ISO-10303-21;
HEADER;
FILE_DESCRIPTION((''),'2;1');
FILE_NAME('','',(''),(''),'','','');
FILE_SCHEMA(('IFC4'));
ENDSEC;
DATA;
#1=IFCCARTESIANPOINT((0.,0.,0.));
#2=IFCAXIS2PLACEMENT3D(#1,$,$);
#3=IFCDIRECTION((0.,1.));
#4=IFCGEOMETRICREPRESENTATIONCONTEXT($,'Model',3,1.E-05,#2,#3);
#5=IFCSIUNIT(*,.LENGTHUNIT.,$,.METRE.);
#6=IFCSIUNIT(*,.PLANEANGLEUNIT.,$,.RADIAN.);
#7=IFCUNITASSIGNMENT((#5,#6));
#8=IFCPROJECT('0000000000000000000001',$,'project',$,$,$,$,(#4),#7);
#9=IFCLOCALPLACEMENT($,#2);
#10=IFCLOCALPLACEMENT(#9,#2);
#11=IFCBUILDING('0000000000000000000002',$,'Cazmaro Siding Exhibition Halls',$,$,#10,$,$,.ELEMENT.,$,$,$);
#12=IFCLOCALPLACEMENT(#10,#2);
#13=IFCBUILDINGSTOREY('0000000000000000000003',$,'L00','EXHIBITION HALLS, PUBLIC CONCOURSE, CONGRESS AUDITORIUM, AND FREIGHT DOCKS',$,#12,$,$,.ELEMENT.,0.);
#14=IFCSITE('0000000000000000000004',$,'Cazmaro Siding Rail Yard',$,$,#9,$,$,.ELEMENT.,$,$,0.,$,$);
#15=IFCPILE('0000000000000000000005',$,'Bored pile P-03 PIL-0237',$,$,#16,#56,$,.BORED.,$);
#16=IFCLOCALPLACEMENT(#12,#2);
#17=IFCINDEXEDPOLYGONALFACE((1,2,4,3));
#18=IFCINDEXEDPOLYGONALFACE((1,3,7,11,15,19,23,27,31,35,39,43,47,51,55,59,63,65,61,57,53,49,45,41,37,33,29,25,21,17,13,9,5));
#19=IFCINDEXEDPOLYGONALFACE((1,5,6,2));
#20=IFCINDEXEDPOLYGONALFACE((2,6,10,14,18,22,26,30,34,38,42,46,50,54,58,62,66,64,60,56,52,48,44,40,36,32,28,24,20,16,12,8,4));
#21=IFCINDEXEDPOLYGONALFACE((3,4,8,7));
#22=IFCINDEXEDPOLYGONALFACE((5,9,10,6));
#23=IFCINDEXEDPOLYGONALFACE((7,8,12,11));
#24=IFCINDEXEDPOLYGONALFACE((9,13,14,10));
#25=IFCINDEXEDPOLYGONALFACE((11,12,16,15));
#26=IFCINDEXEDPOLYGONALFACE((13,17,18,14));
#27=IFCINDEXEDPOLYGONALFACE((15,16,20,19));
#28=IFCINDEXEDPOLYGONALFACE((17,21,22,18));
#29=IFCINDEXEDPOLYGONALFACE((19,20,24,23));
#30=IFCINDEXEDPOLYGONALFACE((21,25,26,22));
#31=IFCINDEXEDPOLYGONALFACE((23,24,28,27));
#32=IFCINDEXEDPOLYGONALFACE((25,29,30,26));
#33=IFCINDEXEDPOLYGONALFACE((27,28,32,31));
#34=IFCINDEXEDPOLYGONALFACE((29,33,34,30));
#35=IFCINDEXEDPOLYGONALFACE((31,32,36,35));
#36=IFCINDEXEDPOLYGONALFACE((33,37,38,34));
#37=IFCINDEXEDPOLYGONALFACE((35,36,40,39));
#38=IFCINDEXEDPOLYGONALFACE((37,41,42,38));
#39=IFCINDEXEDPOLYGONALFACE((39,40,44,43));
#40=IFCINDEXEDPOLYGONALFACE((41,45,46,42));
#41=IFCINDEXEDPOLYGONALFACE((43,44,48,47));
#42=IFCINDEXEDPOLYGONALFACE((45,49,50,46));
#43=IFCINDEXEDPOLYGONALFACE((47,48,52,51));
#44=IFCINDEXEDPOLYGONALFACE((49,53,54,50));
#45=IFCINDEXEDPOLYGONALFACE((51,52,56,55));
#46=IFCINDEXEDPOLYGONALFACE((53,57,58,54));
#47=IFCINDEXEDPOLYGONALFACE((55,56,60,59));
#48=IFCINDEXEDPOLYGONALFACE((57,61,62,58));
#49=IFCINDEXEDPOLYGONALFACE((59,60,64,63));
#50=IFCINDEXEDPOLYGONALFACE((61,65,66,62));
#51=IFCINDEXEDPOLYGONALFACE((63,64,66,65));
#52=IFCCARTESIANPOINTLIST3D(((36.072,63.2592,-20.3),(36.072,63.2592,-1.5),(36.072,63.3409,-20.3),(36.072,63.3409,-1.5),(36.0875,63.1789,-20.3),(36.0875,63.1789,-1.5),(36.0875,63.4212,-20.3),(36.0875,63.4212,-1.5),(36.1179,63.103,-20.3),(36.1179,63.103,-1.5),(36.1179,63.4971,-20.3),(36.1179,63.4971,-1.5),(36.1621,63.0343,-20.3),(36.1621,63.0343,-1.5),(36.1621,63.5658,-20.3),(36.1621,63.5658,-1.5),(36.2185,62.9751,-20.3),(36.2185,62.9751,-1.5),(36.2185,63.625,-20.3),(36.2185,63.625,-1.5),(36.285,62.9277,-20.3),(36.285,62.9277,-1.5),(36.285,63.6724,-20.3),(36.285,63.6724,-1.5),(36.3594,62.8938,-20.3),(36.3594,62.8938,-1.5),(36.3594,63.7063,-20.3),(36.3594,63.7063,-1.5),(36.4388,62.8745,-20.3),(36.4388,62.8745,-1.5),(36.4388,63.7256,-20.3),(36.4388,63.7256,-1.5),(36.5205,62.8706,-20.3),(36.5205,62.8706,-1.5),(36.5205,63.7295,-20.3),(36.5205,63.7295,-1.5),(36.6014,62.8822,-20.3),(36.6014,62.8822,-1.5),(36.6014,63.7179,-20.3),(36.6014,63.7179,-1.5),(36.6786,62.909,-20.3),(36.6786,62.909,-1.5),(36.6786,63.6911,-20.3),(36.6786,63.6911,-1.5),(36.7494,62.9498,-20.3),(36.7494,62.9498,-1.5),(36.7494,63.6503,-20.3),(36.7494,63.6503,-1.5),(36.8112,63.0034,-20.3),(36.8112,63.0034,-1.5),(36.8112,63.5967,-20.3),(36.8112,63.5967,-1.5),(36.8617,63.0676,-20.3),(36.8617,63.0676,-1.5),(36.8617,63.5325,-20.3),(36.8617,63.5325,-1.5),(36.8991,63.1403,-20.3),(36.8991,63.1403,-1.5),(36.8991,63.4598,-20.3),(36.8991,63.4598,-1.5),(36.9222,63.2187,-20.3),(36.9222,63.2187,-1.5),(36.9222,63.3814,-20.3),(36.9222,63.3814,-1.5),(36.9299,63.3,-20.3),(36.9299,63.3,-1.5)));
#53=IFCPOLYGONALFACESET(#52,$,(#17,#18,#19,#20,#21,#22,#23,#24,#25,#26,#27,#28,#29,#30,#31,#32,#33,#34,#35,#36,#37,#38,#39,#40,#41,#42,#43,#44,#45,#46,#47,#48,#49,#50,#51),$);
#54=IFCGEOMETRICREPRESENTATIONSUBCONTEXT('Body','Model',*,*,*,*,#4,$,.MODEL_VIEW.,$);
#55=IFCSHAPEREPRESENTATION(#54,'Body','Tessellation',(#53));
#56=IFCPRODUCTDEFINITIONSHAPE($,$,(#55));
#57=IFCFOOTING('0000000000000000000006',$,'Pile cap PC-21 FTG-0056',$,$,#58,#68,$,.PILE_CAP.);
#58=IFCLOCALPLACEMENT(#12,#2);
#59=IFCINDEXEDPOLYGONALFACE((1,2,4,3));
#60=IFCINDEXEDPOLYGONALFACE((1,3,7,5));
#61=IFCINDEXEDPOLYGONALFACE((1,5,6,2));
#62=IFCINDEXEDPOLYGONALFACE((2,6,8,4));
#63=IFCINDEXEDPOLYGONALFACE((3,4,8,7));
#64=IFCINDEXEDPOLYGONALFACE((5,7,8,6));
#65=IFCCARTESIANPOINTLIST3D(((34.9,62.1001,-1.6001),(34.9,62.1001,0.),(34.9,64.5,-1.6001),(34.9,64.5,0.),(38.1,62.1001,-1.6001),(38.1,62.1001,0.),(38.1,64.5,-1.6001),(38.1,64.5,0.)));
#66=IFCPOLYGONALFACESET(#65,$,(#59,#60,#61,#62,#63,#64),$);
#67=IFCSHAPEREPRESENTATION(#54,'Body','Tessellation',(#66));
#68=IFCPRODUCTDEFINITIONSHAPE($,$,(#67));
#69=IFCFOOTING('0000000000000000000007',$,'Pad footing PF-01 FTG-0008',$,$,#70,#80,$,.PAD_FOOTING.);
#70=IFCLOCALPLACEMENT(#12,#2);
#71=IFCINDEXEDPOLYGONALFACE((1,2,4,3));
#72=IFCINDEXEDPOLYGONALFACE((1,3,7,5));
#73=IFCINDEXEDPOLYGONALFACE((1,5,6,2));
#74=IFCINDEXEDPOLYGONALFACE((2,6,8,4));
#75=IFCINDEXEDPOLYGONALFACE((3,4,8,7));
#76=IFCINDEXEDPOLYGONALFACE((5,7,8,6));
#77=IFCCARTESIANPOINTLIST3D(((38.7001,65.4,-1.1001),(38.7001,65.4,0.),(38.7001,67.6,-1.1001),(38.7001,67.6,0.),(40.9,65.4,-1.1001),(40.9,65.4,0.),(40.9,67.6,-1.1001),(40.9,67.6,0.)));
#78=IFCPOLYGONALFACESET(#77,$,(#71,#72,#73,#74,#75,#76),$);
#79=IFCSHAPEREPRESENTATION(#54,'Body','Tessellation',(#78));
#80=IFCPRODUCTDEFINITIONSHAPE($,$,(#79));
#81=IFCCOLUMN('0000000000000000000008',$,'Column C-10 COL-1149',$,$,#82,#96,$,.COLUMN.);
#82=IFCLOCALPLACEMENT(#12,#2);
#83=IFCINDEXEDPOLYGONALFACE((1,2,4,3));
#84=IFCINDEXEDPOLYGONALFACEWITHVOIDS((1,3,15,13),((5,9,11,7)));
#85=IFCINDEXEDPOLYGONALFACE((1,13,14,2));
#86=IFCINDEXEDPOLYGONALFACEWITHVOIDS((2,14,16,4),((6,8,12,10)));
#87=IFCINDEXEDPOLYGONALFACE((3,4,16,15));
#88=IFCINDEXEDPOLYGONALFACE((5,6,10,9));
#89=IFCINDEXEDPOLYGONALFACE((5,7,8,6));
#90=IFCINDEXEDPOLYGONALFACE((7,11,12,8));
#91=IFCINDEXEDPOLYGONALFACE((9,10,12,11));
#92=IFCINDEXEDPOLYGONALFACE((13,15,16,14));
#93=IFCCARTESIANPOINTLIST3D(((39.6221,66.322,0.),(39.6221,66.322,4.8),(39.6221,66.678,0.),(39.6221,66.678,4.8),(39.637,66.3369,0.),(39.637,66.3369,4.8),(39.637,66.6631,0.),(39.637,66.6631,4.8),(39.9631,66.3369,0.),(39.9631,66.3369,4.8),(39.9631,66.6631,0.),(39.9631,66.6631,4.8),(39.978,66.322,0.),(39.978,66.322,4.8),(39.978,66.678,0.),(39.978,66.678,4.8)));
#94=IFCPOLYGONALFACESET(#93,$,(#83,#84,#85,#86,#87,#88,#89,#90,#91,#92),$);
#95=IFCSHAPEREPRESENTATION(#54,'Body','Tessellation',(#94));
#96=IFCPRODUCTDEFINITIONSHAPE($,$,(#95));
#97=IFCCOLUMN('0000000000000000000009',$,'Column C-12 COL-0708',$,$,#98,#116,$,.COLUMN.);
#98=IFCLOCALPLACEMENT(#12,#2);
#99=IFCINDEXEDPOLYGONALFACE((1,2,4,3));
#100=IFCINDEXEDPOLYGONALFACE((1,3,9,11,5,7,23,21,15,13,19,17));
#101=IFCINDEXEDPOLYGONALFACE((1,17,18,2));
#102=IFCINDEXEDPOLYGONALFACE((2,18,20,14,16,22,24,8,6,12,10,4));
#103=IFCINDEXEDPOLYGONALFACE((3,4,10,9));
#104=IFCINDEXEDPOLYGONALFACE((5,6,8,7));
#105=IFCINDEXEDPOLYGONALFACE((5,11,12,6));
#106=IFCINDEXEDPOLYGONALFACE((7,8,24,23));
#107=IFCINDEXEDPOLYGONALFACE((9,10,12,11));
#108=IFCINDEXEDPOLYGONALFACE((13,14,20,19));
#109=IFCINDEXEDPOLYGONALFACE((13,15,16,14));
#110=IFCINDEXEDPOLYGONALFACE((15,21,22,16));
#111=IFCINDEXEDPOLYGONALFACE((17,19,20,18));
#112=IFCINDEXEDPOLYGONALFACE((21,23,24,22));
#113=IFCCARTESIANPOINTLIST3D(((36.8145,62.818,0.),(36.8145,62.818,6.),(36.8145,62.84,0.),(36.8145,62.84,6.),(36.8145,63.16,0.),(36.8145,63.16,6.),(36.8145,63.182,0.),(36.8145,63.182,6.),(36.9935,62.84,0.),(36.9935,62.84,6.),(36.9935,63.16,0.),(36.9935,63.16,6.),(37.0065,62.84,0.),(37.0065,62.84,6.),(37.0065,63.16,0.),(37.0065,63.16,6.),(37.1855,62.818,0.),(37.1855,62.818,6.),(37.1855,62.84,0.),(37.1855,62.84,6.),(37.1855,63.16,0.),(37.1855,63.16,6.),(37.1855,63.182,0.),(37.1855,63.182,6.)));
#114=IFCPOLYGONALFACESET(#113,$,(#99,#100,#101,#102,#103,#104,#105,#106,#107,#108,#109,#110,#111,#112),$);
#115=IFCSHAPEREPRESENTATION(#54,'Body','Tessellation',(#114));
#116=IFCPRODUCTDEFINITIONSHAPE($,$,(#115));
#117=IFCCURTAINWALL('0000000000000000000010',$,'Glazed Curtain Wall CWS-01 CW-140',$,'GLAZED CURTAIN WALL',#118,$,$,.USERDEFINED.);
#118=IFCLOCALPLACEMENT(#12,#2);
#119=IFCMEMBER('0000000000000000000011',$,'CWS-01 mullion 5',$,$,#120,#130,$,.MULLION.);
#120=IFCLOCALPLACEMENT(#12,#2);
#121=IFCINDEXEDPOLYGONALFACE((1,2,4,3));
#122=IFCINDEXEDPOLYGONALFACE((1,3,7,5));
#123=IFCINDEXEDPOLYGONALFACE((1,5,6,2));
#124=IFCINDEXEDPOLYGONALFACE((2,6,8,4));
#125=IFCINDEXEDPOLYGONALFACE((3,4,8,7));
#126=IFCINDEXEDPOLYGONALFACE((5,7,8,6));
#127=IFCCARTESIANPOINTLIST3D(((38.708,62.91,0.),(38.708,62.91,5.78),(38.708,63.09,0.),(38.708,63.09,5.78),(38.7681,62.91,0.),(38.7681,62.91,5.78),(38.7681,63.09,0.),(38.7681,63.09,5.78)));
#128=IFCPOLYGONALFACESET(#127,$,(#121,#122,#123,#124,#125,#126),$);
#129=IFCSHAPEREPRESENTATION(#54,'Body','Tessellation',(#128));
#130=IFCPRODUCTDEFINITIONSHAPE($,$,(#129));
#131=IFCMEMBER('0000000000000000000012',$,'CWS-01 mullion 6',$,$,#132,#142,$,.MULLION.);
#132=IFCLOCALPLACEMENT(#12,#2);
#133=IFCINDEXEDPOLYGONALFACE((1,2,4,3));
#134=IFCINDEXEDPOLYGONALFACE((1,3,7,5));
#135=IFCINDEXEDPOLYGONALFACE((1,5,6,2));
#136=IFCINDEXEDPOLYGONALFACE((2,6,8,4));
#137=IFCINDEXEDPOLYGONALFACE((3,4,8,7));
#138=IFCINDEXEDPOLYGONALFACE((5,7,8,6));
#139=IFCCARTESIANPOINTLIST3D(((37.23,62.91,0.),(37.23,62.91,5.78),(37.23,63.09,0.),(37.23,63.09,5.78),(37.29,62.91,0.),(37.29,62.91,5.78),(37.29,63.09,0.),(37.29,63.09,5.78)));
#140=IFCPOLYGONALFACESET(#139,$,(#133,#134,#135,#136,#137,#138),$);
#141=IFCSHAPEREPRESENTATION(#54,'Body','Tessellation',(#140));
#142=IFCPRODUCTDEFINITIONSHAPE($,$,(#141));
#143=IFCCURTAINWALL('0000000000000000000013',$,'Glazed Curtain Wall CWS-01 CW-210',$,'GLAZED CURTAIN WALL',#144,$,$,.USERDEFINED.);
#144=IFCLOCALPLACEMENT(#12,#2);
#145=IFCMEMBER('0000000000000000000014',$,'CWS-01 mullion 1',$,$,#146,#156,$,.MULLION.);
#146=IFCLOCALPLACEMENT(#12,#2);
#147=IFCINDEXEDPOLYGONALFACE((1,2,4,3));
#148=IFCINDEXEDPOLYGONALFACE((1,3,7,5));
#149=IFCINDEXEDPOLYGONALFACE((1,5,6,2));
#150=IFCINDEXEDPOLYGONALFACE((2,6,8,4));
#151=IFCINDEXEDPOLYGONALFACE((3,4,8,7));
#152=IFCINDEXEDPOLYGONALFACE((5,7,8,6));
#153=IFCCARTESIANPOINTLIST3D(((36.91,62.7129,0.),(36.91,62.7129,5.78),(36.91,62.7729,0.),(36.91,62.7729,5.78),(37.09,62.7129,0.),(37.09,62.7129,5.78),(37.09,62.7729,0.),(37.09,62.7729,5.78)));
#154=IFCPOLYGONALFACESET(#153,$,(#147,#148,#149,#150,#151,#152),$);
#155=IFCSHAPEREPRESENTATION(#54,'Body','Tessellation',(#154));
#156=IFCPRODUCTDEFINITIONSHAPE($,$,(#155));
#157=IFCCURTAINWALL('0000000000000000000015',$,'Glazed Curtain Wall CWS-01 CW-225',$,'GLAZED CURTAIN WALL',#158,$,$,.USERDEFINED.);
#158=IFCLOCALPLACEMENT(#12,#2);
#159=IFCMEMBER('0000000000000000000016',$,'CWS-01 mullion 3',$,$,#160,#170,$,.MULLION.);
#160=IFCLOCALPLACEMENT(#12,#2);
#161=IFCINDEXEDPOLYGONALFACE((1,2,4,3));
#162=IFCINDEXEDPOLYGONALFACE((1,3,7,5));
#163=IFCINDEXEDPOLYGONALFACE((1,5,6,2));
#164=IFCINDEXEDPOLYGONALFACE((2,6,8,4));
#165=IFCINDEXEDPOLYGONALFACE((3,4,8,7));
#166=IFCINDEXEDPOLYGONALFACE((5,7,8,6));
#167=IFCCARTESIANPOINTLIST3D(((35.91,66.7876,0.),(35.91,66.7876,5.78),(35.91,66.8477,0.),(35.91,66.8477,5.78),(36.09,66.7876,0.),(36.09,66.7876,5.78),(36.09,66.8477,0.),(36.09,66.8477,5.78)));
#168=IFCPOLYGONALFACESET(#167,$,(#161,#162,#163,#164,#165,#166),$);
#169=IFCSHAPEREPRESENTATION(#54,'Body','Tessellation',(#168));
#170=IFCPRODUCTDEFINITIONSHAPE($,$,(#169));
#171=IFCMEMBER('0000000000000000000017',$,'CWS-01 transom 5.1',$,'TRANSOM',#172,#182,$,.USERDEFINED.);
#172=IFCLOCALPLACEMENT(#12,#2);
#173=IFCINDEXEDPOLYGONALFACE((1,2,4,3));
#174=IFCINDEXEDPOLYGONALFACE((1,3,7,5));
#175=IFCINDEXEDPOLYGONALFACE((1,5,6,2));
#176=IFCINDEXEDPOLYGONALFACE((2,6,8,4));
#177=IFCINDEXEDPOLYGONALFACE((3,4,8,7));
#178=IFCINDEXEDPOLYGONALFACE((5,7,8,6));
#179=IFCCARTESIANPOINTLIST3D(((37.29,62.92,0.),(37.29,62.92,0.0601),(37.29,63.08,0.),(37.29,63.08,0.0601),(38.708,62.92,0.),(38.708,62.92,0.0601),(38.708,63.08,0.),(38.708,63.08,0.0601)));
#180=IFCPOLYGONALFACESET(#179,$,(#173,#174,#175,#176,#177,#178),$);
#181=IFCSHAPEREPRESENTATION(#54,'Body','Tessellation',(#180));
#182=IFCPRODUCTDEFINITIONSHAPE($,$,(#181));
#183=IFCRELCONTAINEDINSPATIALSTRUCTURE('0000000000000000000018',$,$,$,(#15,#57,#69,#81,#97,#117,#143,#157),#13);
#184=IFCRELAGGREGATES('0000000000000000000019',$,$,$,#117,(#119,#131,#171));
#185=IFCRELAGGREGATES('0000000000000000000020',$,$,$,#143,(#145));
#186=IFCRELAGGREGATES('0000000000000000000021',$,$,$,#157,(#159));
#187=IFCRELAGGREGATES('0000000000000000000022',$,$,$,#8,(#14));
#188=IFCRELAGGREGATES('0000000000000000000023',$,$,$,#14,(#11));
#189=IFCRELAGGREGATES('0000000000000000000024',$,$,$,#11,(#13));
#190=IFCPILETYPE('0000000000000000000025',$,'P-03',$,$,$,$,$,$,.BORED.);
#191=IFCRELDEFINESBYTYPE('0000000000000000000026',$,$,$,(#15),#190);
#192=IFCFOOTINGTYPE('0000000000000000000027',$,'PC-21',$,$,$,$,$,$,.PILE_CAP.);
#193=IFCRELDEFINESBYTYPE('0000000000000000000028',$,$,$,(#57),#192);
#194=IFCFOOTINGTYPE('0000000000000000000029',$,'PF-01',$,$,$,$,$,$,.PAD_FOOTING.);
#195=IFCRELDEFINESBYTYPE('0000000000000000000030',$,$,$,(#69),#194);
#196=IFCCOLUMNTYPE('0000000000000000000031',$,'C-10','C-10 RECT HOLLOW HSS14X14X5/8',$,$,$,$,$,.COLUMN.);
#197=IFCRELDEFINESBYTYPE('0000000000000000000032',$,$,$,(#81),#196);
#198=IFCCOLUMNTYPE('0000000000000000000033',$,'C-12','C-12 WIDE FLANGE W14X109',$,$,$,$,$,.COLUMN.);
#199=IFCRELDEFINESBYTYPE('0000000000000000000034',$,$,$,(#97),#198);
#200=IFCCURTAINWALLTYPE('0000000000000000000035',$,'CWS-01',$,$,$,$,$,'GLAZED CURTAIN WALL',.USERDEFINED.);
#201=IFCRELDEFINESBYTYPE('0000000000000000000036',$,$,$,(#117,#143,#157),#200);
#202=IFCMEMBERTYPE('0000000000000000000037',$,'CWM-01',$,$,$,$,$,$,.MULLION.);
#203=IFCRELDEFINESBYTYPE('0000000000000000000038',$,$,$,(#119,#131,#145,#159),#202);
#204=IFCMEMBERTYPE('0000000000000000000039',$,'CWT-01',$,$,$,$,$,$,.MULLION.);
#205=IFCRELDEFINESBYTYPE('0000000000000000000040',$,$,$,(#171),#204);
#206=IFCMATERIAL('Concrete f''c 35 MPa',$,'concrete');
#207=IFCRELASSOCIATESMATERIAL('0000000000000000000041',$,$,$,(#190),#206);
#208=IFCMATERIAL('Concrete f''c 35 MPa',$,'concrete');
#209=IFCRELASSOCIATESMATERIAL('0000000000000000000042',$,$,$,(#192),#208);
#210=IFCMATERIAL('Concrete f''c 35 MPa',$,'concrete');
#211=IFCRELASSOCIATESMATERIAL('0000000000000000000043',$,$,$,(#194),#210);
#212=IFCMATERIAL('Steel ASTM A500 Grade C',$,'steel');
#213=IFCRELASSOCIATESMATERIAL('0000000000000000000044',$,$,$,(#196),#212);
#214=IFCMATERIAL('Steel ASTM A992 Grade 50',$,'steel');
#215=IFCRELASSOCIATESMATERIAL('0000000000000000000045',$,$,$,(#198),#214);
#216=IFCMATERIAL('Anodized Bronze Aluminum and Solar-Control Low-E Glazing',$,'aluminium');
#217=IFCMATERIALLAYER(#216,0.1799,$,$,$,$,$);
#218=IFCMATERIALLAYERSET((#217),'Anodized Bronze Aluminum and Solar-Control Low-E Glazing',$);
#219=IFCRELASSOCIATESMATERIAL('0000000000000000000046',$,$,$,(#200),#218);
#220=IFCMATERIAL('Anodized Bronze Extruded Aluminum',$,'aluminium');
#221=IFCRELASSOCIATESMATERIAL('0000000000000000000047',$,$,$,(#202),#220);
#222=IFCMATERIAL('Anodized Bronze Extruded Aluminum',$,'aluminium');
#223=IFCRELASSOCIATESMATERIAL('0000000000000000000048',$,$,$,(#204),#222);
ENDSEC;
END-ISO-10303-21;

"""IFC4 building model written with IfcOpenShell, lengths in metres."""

from ifc_helpers import new_model, si_unit, direction, frame, origin, origin_2d, place, context, subcontext, project, spatial, rectangle, hollow_rectangle, circle, i_section, extrude, material, layer, layer_set, material_profile, profile_set, type_object, element, aggregate, save


model = new_model("IFC4")

# Units and contexts
model_context = context("Model", 3, precision=1e-05, world=origin(), true_north=direction((0.0, 1.0)))
body_context = subcontext(model_context, "Body", "Model", "MODEL_VIEW")
ifc_project = project(units=[si_unit("LENGTHUNIT", "METRE"), si_unit("PLANEANGLEUNIT", "RADIAN")], contexts=[model_context])

# Site, building, storey
site_placement = place(None, origin())
site = spatial("IfcSite", under=ifc_project, at=site_placement, Name="Cazmaro Siding Rail Yard", CompositionType="ELEMENT", RefElevation=0.0)
building_placement = place(site_placement, origin())
building = spatial("IfcBuilding", under=site, at=building_placement, Name="Cazmaro Siding Exhibition Halls", CompositionType="ELEMENT")
storey_placement = place(building_placement, origin())
storey = spatial("IfcBuildingStorey", under=building, at=storey_placement, Name="L00", Description="EXHIBITION HALLS, PUBLIC CONCOURSE, CONGRESS AUDITORIUM, AND FREIGHT DOCKS", CompositionType="ELEMENT", Elevation=0.0)

# Pile
ifc_material_1 = material(Name="Concrete f'c 35 MPa", Category="concrete")
ifc_material_profile_1 = material_profile(ifc_material_1, circle(Radius=0.4299, at=origin_2d()), Name="CIDH-860")
ifc_profile_set_1 = profile_set([ifc_material_profile_1], Name="Concrete f'c 35 MPa")
pile_type = type_object("IfcPileType", Name="P-03", PredefinedType="BORED", material=ifc_profile_set_1)
pile_placement = place(storey_placement, frame((36.5, 63.3, -1.5), z_axis=(0.0, 0.0, -1.0), x_axis=(1.0, 0.0, 0.0)))
element("IfcPile", 1, at=pile_placement, inside=storey, type_object=pile_type, Name="Bored pile P-03 PIL-0237", PredefinedType="BORED", context=body_context, shape_type="SweptSolid", body=[
    extrude(circle(Radius=0.4299, at=origin_2d()), origin(), (0.0, 0.0, 1.0), 18.8),
])

# Footings
ifc_material_2 = material(Name="Concrete f'c 35 MPa", Category="concrete")
footing_type_1 = type_object("IfcFootingType", Name="PC-21", PredefinedType="PILE_CAP", material=ifc_material_2)
footing_1_placement = place(storey_placement, frame((36.5, 63.3, -1.6001), z_axis=(0.0, 0.0, 1.0), x_axis=(1.0, 0.0, 0.0)))
element("IfcFooting", 2, at=footing_1_placement, inside=storey, type_object=footing_type_1, Name="Pile cap PC-21 FTG-0056", PredefinedType="PILE_CAP", context=body_context, shape_type="SweptSolid", body=[
    extrude(rectangle(XDim=3.2, YDim=2.3999, at=origin_2d()), origin(), (0.0, 0.0, 1.0), 1.6001),
])
ifc_material_3 = material(Name="Concrete f'c 35 MPa", Category="concrete")
footing_type_2 = type_object("IfcFootingType", Name="PF-01", PredefinedType="PAD_FOOTING", material=ifc_material_3)
footing_2_placement = place(storey_placement, frame((39.8, 66.5, -1.1001), z_axis=(0.0, 0.0, 1.0), x_axis=(1.0, 0.0, 0.0)))
element("IfcFooting", 3, at=footing_2_placement, inside=storey, type_object=footing_type_2, Name="Pad footing PF-01 FTG-0008", PredefinedType="PAD_FOOTING", context=body_context, shape_type="SweptSolid", body=[
    extrude(rectangle(XDim=2.2, YDim=2.2, at=origin_2d()), origin(), (0.0, 0.0, 1.0), 1.1001),
])

# Columns
ifc_material_4 = material(Name="Steel ASTM A500 Grade C", Category="steel")
ifc_material_profile_2 = material_profile(ifc_material_4, hollow_rectangle(XDim=0.356, YDim=0.356, WallThickness=0.0149, at=origin_2d()), Name="HSS14X14X5/8")
ifc_profile_set_2 = profile_set([ifc_material_profile_2], Name="Steel ASTM A500 Grade C")
column_type_1 = type_object("IfcColumnType", Name="C-10", Description="C-10 RECT HOLLOW HSS14X14X5/8", PredefinedType="COLUMN", material=ifc_profile_set_2)
column_1_placement = place(storey_placement, frame((39.8, 66.5, 0.0), z_axis=(0.0, 0.0, 1.0), x_axis=(1.0, 0.0, 0.0)))
element("IfcColumn", 4, at=column_1_placement, inside=storey, type_object=column_type_1, Name="Column C-10 COL-1149", PredefinedType="COLUMN", context=body_context, shape_type="SweptSolid", body=[
    extrude(hollow_rectangle(XDim=0.356, YDim=0.356, WallThickness=0.0149, at=origin_2d()), origin(), (0.0, 0.0, 1.0), 4.8),
])
ifc_material_5 = material(Name="Steel ASTM A992 Grade 50", Category="steel")
ifc_material_profile_3 = material_profile(ifc_material_5, i_section(OverallWidth=0.3711, OverallDepth=0.364, WebThickness=0.0129, FlangeThickness=0.022, at=origin_2d()), Name="W14X109")
ifc_profile_set_3 = profile_set([ifc_material_profile_3], Name="Steel ASTM A992 Grade 50")
column_type_2 = type_object("IfcColumnType", Name="C-12", Description="C-12 WIDE FLANGE W14X109", PredefinedType="COLUMN", material=ifc_profile_set_3)
column_2_placement = place(storey_placement, frame((37.0, 63.0, 0.0), z_axis=(0.0, 0.0, 1.0), x_axis=(1.0, 0.0, 0.0)))
element("IfcColumn", 5, at=column_2_placement, inside=storey, type_object=column_type_2, Name="Column C-12 COL-0708", PredefinedType="COLUMN", context=body_context, shape_type="SweptSolid", body=[
    extrude(i_section(OverallWidth=0.3711, OverallDepth=0.364, WebThickness=0.0129, FlangeThickness=0.022, at=origin_2d()), origin(), (0.0, 0.0, 1.0), 6.0),
])

# Curtain wall, members
ifc_material_6 = material(Name="Anodized Bronze Aluminum and Solar-Control Low-E Glazing", Category="aluminium")
ifc_layer_1 = layer(ifc_material_6, 0.1799)
ifc_layer_set_1 = layer_set([ifc_layer_1], Name="Anodized Bronze Aluminum and Solar-Control Low-E Glazing")
curtain_wall_type = type_object("IfcCurtainWallType", Name="CWS-01", ElementType="GLAZED CURTAIN WALL", PredefinedType="USERDEFINED", material=ifc_layer_set_1)
curtain_wall_1_placement = place(storey_placement, origin())
curtain_wall_1 = element("IfcCurtainWall", 6, at=curtain_wall_1_placement, inside=storey, type_object=curtain_wall_type, Name="Glazed Curtain Wall CWS-01 CW-140", ObjectType="GLAZED CURTAIN WALL", PredefinedType="USERDEFINED")
ifc_material_7 = material(Name="Anodized Bronze Extruded Aluminum", Category="aluminium")
ifc_material_profile_4 = material_profile(ifc_material_7, rectangle(XDim=0.1799, YDim=0.0601, at=origin_2d()), Name="CWM-01")
ifc_profile_set_4 = profile_set([ifc_material_profile_4], Name="Anodized Bronze Extruded Aluminum")
member_type_1 = type_object("IfcMemberType", Name="CWM-01", PredefinedType="MULLION", material=ifc_profile_set_4)
member_1_placement = place(storey_placement, frame((38.738, 63.0, 0.0), z_axis=(0.0, 0.0, 1.0), x_axis=(0.0, -1.0, 0.0)))
member_1 = element("IfcMember", 7, at=member_1_placement, type_object=member_type_1, Name="CWS-01 mullion 5", PredefinedType="MULLION", context=body_context, shape_type="SweptSolid", body=[
    extrude(rectangle(XDim=0.1799, YDim=0.0601, at=origin_2d()), origin(), (0.0, 0.0, 1.0), 5.78),
])
member_2_placement = place(storey_placement, frame((37.26, 63.0, 0.0), z_axis=(0.0, 0.0, 1.0), x_axis=(0.0, -1.0, 0.0)))
member_2 = element("IfcMember", 8, at=member_2_placement, type_object=member_type_1, Name="CWS-01 mullion 6", PredefinedType="MULLION", context=body_context, shape_type="SweptSolid", body=[
    extrude(rectangle(XDim=0.1799, YDim=0.0601, at=origin_2d()), origin(), (0.0, 0.0, 1.0), 5.78),
])

# Curtain walls, members
curtain_wall_2_placement = place(storey_placement, origin())
curtain_wall_2 = element("IfcCurtainWall", 9, at=curtain_wall_2_placement, inside=storey, type_object=curtain_wall_type, Name="Glazed Curtain Wall CWS-01 CW-210", ObjectType="GLAZED CURTAIN WALL", PredefinedType="USERDEFINED")
member_3_placement = place(storey_placement, frame((37.0, 62.7429, 0.0), z_axis=(0.0, 0.0, 1.0), x_axis=(1.0, 0.0, 0.0)))
member_3 = element("IfcMember", 10, at=member_3_placement, type_object=member_type_1, Name="CWS-01 mullion 1", PredefinedType="MULLION", context=body_context, shape_type="SweptSolid", body=[
    extrude(rectangle(XDim=0.1799, YDim=0.0601, at=origin_2d()), origin(), (0.0, 0.0, 1.0), 5.78),
])
curtain_wall_3_placement = place(storey_placement, origin())
curtain_wall_3 = element("IfcCurtainWall", 11, at=curtain_wall_3_placement, inside=storey, type_object=curtain_wall_type, Name="Glazed Curtain Wall CWS-01 CW-225", ObjectType="GLAZED CURTAIN WALL", PredefinedType="USERDEFINED")
member_4_placement = place(storey_placement, frame((36.0, 66.8176, 0.0), z_axis=(0.0, 0.0, 1.0), x_axis=(-1.0, 0.0, 0.0)))
member_4 = element("IfcMember", 12, at=member_4_placement, type_object=member_type_1, Name="CWS-01 mullion 3", PredefinedType="MULLION", context=body_context, shape_type="SweptSolid", body=[
    extrude(rectangle(XDim=0.1799, YDim=0.0601, at=origin_2d()), origin(), (0.0, 0.0, 1.0), 5.78),
])

# Member
ifc_material_8 = material(Name="Anodized Bronze Extruded Aluminum", Category="aluminium")
ifc_material_profile_5 = material_profile(ifc_material_8, rectangle(XDim=0.1599, YDim=0.0601, at=origin_2d()), Name="CWT-01")
ifc_profile_set_5 = profile_set([ifc_material_profile_5], Name="Anodized Bronze Extruded Aluminum")
member_type_2 = type_object("IfcMemberType", Name="CWT-01", PredefinedType="MULLION", material=ifc_profile_set_5)
member_5_placement = place(storey_placement, frame((38.708, 63.0, 0.03), z_axis=(-1.0, 0.0, 0.0), x_axis=(0.0, -1.0, 0.0)))
member_5 = element("IfcMember", 13, at=member_5_placement, type_object=member_type_2, Name="CWS-01 transom 5.1", ObjectType="TRANSOM", PredefinedType="USERDEFINED", context=body_context, shape_type="SweptSolid", body=[
    extrude(rectangle(XDim=0.1599, YDim=0.0601, at=origin_2d()), origin(), (0.0, 0.0, 1.0), 1.418),
])

aggregate(curtain_wall_1, [member_1, member_2, member_5])
aggregate(curtain_wall_2, [member_3])
aggregate(curtain_wall_3, [member_4])

save(model, "model.ifc")
